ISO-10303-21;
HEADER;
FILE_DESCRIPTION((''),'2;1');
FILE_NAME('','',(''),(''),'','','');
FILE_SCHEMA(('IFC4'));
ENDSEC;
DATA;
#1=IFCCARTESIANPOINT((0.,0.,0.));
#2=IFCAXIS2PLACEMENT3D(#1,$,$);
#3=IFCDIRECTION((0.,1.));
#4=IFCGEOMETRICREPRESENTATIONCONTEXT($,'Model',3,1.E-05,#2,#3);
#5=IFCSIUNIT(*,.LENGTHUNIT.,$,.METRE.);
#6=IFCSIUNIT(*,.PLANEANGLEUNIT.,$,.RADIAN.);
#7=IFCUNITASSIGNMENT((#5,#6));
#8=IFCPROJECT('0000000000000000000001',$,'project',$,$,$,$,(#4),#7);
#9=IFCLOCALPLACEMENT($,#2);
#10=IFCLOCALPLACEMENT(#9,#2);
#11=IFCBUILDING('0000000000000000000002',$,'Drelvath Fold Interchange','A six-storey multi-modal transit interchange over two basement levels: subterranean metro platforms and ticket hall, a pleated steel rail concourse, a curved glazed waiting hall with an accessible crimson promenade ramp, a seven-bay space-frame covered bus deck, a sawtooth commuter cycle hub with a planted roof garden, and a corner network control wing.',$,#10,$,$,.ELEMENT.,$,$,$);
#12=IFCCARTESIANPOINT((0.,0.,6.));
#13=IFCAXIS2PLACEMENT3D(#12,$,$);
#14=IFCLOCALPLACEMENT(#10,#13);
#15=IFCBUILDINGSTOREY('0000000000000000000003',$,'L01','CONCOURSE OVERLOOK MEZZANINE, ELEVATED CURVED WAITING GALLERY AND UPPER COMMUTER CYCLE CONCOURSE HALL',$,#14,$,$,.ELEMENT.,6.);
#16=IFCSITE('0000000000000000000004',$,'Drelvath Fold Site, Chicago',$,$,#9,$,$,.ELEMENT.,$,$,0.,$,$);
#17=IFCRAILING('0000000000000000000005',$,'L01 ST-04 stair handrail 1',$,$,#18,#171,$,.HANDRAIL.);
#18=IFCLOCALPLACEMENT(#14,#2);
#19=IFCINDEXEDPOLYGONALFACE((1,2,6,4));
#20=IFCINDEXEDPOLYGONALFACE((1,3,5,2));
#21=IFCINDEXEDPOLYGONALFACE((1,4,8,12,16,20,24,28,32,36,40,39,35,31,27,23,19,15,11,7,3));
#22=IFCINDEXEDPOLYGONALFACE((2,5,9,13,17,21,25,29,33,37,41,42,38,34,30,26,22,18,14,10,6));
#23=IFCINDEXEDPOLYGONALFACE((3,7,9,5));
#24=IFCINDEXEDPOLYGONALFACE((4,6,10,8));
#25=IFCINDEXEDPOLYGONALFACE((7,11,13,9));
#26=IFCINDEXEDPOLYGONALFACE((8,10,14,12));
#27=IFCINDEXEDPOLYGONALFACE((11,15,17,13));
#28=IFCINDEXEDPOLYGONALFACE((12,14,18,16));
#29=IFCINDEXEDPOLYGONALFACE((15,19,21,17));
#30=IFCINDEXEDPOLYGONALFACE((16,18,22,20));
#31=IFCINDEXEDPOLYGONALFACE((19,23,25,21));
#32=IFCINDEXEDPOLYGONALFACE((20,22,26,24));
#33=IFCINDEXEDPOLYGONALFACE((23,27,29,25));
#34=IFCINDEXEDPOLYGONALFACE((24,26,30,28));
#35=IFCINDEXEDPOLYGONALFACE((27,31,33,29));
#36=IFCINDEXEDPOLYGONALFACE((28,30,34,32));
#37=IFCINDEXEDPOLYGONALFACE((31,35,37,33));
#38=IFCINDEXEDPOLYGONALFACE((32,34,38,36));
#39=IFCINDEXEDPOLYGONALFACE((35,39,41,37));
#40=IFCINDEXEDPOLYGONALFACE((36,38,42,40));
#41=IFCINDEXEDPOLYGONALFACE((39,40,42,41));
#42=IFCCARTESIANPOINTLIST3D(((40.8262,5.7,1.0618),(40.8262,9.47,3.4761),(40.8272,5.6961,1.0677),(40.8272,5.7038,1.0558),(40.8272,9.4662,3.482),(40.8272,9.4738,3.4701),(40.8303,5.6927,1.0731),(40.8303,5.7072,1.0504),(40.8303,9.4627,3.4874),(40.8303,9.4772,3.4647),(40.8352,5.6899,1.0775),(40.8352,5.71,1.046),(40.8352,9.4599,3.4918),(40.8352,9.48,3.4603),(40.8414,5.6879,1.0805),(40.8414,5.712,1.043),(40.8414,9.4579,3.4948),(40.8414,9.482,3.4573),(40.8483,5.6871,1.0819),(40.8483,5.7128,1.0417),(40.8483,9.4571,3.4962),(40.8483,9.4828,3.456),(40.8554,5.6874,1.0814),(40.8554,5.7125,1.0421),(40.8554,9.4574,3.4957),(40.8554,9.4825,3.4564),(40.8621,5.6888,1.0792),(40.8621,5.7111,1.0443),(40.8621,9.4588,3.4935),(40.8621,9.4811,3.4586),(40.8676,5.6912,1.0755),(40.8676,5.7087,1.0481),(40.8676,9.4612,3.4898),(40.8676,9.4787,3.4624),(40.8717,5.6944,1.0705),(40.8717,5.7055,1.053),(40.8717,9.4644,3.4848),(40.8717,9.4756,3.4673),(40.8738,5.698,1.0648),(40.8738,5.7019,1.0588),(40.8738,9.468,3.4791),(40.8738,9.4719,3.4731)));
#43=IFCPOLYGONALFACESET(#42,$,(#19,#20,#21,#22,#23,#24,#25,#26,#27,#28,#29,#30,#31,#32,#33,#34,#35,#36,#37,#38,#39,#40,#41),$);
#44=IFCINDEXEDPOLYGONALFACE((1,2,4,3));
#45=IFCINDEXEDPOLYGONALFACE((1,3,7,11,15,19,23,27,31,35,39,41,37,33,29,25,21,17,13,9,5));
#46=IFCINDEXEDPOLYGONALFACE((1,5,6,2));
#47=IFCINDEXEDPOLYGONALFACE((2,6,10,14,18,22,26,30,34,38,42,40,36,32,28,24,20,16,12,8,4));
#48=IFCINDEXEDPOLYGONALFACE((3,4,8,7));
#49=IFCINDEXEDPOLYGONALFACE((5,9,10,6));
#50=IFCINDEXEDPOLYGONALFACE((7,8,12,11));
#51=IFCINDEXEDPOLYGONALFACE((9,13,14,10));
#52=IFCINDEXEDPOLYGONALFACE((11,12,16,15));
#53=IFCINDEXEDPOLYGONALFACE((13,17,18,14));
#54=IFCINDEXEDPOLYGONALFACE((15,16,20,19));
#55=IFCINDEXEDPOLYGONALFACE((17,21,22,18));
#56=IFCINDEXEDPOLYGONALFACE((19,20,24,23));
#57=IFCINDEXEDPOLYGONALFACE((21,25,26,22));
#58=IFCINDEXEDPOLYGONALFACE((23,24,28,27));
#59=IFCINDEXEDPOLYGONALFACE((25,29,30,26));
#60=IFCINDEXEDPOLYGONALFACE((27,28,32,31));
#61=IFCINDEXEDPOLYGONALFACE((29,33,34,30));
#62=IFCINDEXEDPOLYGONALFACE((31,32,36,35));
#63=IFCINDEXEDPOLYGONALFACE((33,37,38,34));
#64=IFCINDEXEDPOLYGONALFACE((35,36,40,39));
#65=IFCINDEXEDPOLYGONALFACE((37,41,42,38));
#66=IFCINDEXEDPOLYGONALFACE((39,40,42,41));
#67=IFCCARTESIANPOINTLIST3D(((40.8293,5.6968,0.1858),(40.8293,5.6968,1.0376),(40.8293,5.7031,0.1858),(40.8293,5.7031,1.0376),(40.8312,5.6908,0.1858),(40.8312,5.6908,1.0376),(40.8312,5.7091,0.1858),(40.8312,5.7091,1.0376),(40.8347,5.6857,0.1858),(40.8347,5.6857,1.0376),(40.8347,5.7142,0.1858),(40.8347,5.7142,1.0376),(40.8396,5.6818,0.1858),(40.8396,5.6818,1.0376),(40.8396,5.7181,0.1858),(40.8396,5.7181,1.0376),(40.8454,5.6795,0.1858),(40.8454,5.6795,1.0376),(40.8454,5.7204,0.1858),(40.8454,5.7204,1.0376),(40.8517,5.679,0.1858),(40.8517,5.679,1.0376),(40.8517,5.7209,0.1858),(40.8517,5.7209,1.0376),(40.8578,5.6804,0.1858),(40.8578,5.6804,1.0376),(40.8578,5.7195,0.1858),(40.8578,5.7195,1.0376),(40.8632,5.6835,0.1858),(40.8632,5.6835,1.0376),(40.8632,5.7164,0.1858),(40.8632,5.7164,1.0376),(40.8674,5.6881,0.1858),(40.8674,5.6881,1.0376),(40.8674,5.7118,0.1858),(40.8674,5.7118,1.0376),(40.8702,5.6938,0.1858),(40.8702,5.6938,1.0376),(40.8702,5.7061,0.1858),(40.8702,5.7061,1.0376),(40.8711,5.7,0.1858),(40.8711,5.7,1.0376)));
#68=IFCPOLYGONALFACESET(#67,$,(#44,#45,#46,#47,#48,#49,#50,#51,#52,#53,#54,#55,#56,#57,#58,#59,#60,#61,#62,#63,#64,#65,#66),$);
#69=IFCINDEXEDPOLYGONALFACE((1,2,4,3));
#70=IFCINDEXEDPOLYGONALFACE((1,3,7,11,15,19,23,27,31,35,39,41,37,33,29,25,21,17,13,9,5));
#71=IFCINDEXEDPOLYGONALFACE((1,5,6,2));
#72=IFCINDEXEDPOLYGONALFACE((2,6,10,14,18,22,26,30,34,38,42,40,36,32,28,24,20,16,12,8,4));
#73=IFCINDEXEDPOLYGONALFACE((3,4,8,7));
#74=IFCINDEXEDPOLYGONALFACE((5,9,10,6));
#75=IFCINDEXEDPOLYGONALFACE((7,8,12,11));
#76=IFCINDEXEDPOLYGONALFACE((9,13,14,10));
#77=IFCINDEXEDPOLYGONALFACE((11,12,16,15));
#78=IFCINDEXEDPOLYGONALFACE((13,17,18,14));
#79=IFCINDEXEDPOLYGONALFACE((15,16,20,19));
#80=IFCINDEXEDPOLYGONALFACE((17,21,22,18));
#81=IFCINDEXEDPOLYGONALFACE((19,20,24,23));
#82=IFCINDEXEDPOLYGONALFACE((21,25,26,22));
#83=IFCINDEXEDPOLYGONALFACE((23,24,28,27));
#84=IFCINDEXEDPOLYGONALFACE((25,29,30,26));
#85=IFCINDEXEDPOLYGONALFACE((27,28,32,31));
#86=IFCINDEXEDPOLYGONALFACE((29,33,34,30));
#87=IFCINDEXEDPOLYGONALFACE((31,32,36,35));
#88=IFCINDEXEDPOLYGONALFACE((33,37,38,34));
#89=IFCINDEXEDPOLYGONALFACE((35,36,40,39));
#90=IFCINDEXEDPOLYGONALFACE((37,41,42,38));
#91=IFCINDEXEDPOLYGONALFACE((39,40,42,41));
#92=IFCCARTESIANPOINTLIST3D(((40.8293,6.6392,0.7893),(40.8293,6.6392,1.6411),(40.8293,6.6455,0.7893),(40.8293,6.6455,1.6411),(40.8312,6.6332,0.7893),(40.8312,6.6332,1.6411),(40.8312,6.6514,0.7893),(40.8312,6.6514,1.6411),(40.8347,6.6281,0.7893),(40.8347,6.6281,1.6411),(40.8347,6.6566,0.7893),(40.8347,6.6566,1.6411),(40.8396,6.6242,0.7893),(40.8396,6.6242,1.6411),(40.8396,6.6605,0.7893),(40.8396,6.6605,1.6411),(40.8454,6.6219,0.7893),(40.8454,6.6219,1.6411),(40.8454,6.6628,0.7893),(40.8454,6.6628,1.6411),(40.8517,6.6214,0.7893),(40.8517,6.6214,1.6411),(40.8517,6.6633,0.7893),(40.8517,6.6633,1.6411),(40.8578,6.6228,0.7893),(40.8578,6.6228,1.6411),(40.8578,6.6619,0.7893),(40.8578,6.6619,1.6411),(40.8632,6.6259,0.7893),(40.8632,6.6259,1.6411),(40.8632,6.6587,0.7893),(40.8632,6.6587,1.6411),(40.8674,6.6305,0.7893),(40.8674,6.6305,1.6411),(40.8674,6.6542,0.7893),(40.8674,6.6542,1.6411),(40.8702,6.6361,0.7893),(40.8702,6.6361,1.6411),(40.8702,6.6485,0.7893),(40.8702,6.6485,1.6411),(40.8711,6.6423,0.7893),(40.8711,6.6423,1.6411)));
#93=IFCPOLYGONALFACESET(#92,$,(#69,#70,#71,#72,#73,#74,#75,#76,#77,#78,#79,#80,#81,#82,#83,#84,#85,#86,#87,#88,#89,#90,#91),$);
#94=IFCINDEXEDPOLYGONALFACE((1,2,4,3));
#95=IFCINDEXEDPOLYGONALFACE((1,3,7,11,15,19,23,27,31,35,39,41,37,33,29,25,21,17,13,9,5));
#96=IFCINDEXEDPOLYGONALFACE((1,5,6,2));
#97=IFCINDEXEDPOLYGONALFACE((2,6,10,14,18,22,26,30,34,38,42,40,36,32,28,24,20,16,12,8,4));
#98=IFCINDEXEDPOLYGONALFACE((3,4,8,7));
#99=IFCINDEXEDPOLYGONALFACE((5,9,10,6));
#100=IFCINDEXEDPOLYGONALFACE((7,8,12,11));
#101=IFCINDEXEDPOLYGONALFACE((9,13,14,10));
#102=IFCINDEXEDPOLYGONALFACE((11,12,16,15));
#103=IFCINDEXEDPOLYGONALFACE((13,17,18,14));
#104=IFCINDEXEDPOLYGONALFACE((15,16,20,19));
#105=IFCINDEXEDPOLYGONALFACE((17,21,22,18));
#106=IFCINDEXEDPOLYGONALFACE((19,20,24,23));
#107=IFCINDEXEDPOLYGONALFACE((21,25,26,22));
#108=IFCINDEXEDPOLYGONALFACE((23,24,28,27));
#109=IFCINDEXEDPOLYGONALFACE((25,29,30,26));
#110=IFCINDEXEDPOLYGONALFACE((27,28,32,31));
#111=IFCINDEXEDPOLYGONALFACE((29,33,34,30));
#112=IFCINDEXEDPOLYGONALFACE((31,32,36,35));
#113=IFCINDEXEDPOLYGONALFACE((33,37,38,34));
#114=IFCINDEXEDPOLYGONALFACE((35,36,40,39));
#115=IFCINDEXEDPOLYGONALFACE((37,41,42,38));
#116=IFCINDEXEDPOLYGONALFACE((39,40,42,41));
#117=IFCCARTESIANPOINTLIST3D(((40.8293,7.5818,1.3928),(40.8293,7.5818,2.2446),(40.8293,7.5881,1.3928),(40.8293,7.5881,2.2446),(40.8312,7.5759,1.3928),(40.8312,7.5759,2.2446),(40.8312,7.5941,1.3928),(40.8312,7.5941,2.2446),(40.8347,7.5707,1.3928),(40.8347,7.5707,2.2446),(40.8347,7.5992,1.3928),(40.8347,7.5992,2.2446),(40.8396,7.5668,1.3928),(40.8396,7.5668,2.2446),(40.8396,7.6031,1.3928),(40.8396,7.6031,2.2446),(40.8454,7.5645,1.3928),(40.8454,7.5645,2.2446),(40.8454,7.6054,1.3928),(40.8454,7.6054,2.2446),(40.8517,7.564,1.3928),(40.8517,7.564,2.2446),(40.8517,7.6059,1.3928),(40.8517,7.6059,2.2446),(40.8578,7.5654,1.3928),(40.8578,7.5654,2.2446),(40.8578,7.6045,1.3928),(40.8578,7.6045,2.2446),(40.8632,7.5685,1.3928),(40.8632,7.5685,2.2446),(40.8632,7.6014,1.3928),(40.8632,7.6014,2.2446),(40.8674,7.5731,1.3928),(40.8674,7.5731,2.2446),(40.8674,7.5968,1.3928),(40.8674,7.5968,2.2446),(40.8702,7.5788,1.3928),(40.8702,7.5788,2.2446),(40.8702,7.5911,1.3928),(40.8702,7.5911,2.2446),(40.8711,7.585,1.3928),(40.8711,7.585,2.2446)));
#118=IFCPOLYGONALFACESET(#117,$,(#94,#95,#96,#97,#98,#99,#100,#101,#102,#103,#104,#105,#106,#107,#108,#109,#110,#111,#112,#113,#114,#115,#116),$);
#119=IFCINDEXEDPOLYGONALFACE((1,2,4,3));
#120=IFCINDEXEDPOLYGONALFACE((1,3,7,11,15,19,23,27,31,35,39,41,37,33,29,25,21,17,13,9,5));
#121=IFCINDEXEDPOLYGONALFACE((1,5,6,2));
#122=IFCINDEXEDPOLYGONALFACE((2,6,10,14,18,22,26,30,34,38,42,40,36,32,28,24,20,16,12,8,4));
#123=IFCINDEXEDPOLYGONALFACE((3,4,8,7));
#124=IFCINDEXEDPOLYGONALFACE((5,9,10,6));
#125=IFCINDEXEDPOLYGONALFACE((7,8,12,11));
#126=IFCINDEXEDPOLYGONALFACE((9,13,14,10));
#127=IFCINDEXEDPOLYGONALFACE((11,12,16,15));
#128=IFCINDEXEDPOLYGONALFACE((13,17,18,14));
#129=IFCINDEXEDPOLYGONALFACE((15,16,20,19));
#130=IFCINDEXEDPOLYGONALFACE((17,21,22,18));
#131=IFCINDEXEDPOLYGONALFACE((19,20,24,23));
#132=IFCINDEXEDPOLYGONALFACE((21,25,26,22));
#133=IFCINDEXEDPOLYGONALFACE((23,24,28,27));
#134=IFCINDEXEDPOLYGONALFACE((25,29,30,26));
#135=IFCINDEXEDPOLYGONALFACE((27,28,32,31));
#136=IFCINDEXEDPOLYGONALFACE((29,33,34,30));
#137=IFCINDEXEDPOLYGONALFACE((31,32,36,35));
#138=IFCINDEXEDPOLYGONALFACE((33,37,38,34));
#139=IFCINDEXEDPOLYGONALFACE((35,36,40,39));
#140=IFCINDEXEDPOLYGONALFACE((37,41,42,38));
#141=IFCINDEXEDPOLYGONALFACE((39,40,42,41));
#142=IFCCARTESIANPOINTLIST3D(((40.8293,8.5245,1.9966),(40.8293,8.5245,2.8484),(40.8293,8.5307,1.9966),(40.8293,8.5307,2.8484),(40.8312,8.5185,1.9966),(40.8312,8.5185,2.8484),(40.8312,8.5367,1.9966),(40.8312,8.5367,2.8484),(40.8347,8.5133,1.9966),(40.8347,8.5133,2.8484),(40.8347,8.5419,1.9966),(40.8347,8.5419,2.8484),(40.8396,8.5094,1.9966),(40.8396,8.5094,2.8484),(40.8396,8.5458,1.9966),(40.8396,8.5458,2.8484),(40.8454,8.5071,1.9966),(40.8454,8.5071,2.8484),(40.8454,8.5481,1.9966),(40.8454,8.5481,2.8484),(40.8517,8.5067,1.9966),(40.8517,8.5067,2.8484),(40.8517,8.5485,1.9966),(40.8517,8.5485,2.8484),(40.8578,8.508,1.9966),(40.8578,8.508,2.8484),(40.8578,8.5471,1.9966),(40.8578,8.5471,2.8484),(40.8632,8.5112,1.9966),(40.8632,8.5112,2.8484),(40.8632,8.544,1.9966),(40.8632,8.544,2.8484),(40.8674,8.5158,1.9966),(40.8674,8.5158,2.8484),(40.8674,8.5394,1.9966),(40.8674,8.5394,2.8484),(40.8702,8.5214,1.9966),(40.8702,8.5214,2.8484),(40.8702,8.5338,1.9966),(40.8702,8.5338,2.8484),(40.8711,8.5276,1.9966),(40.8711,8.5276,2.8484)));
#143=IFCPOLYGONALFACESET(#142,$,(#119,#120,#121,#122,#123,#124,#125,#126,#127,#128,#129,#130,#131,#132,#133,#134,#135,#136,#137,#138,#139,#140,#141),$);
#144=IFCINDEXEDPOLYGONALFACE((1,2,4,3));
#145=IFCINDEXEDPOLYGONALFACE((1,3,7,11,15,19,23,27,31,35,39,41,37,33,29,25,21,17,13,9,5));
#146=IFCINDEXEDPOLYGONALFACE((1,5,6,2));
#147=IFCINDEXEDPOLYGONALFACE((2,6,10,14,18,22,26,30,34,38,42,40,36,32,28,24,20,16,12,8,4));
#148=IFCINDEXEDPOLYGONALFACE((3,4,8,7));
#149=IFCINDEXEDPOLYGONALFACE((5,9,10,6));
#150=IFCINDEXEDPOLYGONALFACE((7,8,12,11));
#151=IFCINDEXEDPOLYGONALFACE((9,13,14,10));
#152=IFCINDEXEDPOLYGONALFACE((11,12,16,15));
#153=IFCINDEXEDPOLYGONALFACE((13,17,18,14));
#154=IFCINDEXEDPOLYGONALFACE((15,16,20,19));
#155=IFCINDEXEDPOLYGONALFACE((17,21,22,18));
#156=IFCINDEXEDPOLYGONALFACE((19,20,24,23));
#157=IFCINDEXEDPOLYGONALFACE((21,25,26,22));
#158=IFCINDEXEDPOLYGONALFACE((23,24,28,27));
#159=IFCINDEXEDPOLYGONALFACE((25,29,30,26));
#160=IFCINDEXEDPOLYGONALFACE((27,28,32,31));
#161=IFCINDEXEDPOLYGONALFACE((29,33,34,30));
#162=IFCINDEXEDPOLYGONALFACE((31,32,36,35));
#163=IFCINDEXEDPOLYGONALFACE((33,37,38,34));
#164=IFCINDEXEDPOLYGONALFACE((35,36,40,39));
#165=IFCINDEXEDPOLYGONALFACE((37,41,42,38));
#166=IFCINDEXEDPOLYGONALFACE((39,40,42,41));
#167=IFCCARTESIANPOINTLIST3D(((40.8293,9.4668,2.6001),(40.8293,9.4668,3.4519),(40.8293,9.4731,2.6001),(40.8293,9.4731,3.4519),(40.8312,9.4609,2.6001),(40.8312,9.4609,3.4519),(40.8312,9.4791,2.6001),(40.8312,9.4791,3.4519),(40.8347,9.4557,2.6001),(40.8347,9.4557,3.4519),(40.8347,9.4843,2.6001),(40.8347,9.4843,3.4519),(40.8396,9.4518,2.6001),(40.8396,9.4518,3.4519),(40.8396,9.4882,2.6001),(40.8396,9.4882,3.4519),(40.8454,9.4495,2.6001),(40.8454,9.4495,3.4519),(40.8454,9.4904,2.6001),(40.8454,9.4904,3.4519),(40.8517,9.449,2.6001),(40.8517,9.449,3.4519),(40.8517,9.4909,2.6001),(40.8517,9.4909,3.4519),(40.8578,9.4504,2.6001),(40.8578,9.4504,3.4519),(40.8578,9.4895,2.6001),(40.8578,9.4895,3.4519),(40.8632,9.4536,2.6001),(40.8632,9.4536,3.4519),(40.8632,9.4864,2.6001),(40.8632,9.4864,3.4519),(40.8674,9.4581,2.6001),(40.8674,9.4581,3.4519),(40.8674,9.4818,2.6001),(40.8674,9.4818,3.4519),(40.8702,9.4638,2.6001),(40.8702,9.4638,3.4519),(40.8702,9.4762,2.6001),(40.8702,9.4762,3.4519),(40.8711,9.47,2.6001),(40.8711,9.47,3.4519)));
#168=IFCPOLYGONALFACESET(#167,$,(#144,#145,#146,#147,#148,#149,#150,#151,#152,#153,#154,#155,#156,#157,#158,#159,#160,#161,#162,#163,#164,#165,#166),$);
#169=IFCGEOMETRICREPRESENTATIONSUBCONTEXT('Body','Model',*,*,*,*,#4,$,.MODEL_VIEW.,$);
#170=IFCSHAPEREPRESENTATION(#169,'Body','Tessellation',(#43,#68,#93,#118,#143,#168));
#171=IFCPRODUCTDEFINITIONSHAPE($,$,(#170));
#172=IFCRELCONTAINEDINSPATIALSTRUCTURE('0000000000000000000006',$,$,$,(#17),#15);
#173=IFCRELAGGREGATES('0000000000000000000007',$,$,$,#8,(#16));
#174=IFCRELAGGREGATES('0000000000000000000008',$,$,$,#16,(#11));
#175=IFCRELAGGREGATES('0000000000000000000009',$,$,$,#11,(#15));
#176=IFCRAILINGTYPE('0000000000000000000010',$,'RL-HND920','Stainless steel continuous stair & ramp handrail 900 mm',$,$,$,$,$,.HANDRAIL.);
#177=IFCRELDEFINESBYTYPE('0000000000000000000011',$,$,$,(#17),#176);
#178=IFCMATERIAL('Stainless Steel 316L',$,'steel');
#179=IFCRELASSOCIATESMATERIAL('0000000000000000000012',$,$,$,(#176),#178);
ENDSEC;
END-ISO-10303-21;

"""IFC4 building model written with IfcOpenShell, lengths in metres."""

from ifc_helpers import new_model, si_unit, direction, frame, origin, origin_2d, place, context, subcontext, project, spatial, circle, extrude, material, type_object, element, save


model = new_model("IFC4")

# Units and contexts
model_context = context("Model", 3, precision=1e-05, world=origin(), true_north=direction((0.0, 1.0)))
body_context = subcontext(model_context, "Body", "Model", "MODEL_VIEW")
ifc_project = project(units=[si_unit("LENGTHUNIT", "METRE"), si_unit("PLANEANGLEUNIT", "RADIAN")], contexts=[model_context])

# Site, building, storey
site_placement = place(None, origin())
site = spatial("IfcSite", under=ifc_project, at=site_placement, Name="Drelvath Fold Site, Chicago", CompositionType="ELEMENT", RefElevation=0.0)
building_placement = place(site_placement, origin())
building = spatial("IfcBuilding", under=site, at=building_placement, Name="Drelvath Fold Interchange", Description="A six-storey multi-modal transit interchange over two basement levels: subterranean metro platforms and ticket hall, a pleated steel rail concourse, a curved glazed waiting hall with an accessible crimson promenade ramp, a seven-bay space-frame covered bus deck, a sawtooth commuter cycle hub with a planted roof garden, and a corner network control wing.", CompositionType="ELEMENT")
storey_placement = place(building_placement, frame((0.0, 0.0, 6.0)))
storey = spatial("IfcBuildingStorey", under=building, at=storey_placement, Name="L01", Description="CONCOURSE OVERLOOK MEZZANINE, ELEVATED CURVED WAITING GALLERY AND UPPER COMMUTER CYCLE CONCOURSE HALL", CompositionType="ELEMENT", Elevation=6.0)

# Railing
ifc_material_1 = material(Name="Stainless Steel 316L", Category="steel")
railing_type_1 = type_object("IfcRailingType", Name="RL-HND920", Description="Stainless steel continuous stair & ramp handrail 900 mm", PredefinedType="HANDRAIL", material=ifc_material_1)
railing_1_placement = place(storey_placement, frame((40.8501, 5.7, 0.1858)))
element("IfcRailing", 1, at=railing_1_placement, inside=storey, type_object=railing_type_1, Name="L01 ST-04 stair handrail 1", PredefinedType="HANDRAIL", context=body_context, shape_type="SweptSolid", body=[
    extrude(circle(Radius=0.0239, at=origin_2d()), frame((0.0, 0.0, 0.876), z_axis=(0.0, 0.84212, 0.53929), x_axis=(-1.0, 0.0, 0.0)), (0.0, 0.0, 1.0), 4.4768),
    extrude(circle(Radius=0.021, at=origin_2d()), origin(), (0.0, 0.0, 1.0), 0.8518),
    extrude(circle(Radius=0.021, at=origin_2d()), frame((0.0, 0.9424, 0.6035)), (0.0, 0.0, 1.0), 0.8518),
    extrude(circle(Radius=0.021, at=origin_2d()), frame((0.0, 1.885, 1.207)), (0.0, 0.0, 1.0), 0.8518),
    extrude(circle(Radius=0.021, at=origin_2d()), frame((0.0, 2.8276, 1.8108)), (0.0, 0.0, 1.0), 0.8518),
    extrude(circle(Radius=0.021, at=origin_2d()), frame((0.0, 3.77, 2.4143)), (0.0, 0.0, 1.0), 0.8518),
])

save(model, "model.ifc")
